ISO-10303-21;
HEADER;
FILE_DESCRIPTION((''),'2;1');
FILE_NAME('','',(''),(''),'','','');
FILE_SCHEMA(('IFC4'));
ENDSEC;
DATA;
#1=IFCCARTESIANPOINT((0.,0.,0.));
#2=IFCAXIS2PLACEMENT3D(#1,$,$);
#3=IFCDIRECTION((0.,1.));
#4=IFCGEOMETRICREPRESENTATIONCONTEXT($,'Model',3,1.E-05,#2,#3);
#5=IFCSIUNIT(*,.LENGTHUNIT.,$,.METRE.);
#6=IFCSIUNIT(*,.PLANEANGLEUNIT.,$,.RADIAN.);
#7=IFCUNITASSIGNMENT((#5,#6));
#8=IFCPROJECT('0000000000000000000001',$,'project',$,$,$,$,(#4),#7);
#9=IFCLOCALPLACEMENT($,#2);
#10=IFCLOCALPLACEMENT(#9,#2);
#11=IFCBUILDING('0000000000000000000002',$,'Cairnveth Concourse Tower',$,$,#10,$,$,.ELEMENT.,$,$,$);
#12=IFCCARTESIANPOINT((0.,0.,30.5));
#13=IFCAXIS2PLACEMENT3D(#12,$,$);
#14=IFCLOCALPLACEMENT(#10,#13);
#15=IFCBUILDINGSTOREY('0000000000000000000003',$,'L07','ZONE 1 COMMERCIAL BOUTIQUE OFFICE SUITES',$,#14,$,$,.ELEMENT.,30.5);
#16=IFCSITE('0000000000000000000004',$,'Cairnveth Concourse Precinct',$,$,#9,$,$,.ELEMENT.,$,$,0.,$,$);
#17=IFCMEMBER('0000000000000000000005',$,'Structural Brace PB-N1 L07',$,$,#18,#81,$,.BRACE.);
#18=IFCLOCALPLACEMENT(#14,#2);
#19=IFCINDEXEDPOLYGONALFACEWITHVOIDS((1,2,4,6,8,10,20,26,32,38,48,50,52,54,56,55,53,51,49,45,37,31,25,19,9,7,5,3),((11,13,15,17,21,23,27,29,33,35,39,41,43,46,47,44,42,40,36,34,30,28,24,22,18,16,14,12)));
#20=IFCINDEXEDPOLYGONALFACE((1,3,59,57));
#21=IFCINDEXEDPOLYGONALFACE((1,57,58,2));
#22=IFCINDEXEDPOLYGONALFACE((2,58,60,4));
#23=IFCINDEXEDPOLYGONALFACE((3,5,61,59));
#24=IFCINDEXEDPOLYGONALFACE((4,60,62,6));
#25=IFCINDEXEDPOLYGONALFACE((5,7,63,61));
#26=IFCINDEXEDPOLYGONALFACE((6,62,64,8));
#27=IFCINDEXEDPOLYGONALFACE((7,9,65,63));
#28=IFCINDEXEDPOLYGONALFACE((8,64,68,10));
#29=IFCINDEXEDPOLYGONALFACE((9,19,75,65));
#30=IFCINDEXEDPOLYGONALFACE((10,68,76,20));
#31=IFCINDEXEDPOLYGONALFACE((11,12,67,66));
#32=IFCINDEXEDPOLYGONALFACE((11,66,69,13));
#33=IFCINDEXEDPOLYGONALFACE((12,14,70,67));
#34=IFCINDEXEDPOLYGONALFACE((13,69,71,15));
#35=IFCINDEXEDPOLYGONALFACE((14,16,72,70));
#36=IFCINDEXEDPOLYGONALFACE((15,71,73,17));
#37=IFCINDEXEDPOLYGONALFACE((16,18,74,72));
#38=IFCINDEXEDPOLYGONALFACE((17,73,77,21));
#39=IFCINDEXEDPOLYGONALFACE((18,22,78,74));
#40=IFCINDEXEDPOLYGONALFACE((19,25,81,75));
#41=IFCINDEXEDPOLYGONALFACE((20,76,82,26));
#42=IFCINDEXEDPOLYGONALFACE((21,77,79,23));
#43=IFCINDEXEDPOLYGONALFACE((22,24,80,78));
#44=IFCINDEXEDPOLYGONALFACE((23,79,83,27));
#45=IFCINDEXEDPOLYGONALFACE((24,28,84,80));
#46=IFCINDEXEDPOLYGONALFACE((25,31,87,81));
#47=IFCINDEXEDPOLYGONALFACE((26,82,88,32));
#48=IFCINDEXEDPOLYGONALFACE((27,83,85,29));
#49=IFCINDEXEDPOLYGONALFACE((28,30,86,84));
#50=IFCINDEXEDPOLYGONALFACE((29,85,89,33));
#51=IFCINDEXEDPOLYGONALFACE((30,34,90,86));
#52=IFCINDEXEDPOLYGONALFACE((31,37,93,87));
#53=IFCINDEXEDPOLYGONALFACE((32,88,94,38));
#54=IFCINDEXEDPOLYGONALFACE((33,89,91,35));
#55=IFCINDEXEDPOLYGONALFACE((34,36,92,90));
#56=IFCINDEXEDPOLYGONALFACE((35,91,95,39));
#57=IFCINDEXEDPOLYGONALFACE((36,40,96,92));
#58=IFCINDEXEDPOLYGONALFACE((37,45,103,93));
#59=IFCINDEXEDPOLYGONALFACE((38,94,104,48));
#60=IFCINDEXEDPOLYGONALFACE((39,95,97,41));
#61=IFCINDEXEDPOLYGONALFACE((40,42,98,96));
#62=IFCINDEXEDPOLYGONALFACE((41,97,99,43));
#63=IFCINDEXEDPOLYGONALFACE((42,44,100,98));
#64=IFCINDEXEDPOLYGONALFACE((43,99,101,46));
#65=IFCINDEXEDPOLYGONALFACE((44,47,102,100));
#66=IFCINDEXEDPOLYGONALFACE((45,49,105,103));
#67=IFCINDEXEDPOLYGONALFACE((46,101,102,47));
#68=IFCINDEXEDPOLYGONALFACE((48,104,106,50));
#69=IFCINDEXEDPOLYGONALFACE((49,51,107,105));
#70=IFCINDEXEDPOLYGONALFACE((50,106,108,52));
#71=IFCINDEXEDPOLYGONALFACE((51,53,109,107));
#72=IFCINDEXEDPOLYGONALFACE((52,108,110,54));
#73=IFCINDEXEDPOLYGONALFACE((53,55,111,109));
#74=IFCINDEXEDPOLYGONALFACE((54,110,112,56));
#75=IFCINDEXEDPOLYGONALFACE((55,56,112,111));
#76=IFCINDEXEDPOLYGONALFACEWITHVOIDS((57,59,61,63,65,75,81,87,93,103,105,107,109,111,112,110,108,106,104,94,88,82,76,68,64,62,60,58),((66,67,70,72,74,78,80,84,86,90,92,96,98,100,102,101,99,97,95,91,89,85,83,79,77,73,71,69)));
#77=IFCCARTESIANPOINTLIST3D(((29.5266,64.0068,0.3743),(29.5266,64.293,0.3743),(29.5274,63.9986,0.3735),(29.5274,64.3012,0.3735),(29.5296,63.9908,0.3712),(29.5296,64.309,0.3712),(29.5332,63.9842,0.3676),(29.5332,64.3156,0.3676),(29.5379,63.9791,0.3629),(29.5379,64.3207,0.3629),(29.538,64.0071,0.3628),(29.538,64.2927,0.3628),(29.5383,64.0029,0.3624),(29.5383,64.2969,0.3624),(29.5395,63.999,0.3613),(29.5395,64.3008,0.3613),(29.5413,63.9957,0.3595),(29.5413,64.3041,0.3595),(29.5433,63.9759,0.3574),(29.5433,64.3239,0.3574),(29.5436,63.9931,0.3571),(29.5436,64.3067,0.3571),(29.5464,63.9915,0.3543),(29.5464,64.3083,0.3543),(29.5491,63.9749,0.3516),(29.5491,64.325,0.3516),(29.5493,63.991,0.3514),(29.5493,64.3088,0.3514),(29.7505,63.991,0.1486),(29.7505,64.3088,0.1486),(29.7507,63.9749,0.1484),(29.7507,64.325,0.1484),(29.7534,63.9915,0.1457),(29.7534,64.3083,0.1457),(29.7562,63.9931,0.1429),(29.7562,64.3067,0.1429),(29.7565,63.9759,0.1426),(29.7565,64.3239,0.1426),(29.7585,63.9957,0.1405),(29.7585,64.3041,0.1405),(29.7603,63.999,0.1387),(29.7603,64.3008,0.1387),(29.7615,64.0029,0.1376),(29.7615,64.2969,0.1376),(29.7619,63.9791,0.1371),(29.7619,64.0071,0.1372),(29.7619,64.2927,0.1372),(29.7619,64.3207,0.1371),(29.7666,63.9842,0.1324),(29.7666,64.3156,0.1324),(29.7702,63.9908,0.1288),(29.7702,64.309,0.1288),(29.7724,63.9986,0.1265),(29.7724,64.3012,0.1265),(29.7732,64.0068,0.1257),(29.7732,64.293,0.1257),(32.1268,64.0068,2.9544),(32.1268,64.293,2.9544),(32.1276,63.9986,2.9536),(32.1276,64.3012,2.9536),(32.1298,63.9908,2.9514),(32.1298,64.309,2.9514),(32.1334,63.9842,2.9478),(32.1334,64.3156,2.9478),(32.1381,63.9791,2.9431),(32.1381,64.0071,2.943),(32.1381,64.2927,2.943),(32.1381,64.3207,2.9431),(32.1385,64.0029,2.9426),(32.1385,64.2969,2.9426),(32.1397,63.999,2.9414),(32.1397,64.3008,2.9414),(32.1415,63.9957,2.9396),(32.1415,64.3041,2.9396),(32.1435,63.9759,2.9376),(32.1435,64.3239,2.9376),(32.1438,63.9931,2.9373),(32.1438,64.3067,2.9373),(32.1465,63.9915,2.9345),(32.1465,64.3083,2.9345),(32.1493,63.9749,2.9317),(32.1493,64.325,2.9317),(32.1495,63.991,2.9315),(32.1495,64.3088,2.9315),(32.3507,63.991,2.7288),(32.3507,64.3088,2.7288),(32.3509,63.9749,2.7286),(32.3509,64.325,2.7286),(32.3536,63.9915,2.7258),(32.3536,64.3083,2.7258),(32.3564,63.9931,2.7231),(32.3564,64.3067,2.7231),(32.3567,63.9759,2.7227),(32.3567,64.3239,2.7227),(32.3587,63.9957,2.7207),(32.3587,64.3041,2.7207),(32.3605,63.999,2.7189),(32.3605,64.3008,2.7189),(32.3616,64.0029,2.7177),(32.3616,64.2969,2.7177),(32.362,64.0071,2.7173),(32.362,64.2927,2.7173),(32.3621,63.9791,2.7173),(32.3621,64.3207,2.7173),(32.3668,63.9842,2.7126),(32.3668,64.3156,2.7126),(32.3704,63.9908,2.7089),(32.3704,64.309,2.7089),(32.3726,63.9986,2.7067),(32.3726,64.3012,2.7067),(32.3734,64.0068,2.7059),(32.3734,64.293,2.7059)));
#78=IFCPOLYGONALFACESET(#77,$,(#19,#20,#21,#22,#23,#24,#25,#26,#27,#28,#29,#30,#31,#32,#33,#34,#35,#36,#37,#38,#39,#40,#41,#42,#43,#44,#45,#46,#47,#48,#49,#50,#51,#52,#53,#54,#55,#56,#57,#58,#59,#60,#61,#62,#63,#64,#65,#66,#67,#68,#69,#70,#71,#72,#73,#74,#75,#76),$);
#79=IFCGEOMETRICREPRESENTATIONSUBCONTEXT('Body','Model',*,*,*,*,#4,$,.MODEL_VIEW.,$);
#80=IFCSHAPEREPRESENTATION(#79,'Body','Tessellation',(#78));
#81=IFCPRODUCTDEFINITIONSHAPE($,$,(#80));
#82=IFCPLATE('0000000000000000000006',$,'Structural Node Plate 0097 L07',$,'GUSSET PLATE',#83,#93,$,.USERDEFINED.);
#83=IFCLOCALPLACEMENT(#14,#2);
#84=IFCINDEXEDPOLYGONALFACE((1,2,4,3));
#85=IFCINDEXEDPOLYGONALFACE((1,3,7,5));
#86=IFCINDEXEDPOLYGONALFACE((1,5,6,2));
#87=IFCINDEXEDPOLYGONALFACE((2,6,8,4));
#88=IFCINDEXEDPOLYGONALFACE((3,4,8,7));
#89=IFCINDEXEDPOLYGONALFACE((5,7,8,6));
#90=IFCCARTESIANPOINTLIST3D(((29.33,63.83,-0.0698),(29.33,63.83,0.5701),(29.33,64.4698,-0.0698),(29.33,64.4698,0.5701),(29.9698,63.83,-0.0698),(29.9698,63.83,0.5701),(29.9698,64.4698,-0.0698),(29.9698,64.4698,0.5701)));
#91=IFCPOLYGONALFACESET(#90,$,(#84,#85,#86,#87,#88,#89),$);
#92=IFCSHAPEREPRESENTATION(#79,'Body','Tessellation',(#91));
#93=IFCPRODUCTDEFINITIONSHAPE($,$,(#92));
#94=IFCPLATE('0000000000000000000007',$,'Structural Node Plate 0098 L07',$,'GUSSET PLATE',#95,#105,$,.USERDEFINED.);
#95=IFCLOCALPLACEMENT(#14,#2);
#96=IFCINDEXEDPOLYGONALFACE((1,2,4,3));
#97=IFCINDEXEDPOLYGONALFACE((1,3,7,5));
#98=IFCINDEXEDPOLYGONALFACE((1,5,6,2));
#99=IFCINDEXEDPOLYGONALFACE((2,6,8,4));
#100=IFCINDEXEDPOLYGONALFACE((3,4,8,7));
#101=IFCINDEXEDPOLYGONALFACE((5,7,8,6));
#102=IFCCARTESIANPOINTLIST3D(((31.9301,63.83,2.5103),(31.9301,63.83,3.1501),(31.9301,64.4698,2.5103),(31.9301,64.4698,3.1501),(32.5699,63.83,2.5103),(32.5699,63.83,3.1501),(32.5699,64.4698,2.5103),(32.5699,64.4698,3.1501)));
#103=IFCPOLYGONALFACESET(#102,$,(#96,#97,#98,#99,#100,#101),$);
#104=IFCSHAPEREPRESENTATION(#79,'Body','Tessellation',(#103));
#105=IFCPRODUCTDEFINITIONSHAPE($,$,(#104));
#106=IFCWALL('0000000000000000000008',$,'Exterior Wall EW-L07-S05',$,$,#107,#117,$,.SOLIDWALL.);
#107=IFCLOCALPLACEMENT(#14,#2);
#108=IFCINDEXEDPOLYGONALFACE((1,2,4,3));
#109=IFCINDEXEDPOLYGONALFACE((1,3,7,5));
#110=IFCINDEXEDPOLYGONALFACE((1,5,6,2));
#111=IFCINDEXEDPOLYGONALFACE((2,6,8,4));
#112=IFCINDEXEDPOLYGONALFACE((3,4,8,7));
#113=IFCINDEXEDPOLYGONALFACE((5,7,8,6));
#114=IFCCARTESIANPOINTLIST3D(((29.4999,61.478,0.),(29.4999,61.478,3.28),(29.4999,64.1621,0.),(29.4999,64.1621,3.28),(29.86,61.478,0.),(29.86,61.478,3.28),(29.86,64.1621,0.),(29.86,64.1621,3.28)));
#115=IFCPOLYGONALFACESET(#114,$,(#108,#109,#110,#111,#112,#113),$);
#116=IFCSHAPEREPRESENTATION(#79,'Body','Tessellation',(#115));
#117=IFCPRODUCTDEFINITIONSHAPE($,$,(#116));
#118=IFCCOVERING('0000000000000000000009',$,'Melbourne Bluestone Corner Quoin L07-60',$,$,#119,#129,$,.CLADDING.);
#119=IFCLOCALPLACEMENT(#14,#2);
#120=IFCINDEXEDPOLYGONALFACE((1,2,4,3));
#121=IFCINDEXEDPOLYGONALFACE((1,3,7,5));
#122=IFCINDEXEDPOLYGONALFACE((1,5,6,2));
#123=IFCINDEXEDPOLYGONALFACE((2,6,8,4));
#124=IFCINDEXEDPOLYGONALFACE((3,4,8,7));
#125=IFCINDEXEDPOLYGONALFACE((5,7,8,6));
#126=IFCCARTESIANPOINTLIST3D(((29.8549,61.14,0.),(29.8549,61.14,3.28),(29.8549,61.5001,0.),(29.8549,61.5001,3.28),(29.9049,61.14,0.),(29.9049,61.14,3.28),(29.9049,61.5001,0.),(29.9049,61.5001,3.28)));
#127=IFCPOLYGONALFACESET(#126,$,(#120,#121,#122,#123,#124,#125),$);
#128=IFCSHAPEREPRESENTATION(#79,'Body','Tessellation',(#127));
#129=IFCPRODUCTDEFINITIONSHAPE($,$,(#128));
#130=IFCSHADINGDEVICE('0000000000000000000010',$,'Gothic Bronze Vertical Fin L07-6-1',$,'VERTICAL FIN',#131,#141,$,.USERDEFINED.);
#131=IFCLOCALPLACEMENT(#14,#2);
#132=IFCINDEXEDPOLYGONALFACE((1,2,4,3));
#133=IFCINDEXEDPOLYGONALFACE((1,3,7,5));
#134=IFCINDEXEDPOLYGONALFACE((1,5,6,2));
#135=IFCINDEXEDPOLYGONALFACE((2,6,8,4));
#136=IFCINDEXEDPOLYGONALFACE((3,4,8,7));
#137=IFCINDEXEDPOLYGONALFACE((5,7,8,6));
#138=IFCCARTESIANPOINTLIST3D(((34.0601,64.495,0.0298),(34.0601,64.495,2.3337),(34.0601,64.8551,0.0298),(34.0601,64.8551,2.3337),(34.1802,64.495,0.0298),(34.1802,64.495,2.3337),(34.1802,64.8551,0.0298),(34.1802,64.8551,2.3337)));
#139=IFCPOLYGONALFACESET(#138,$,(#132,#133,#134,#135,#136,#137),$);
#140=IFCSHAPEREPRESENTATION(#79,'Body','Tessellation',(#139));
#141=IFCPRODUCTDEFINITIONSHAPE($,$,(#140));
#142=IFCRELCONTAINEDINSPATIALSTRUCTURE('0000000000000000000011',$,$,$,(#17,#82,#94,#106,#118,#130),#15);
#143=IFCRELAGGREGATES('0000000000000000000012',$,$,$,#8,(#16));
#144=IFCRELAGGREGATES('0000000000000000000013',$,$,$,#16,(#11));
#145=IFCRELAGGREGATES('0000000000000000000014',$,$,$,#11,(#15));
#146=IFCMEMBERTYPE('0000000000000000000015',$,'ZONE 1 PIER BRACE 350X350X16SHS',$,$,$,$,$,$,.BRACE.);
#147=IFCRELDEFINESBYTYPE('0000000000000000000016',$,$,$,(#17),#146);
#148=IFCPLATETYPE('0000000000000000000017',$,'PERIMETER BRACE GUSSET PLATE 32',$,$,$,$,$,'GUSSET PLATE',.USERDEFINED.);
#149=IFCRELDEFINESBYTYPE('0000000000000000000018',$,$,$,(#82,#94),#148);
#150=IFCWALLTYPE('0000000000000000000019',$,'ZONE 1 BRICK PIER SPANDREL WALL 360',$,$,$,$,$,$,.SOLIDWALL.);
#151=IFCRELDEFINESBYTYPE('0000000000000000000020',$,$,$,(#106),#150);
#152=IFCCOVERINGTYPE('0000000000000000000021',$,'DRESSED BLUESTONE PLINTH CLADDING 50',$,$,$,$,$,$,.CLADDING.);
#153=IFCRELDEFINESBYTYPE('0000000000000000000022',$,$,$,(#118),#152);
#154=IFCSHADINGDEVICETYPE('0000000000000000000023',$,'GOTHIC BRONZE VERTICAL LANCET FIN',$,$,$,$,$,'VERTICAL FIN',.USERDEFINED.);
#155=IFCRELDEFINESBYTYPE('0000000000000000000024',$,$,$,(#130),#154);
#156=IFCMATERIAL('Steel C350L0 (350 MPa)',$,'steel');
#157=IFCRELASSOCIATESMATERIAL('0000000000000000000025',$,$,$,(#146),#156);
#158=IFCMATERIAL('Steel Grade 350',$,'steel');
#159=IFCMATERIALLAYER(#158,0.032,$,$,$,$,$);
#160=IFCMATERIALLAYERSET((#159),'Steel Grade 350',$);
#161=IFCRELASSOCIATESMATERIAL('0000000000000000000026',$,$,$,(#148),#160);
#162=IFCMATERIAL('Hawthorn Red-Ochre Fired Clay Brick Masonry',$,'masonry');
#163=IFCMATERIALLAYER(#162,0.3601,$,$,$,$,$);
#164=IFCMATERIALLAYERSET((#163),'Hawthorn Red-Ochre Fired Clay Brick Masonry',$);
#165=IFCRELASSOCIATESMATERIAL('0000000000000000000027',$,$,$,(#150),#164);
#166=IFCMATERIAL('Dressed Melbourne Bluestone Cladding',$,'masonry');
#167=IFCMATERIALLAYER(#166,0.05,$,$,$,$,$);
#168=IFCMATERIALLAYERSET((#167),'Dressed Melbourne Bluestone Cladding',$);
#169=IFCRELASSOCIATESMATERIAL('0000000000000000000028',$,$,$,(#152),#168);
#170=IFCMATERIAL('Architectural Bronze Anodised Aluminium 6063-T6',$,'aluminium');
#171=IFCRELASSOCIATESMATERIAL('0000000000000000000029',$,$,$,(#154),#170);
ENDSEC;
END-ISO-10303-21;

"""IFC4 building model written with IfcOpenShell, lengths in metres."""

from ifc_helpers import new_model, si_unit, direction, frame, frame_2d, origin, origin_2d, place, context, subcontext, project, spatial, rectangle, hollow_rectangle, extrude, material, layer, layer_set, material_profile, profile_set, type_object, element, save


model = new_model("IFC4")

# Units and contexts
model_context = context("Model", 3, precision=1e-05, world=origin(), true_north=direction((0.0, 1.0)))
body_context = subcontext(model_context, "Body", "Model", "MODEL_VIEW")
ifc_project = project(units=[si_unit("LENGTHUNIT", "METRE"), si_unit("PLANEANGLEUNIT", "RADIAN")], contexts=[model_context])

# Site, building, storey
site_placement = place(None, origin())
site = spatial("IfcSite", under=ifc_project, at=site_placement, Name="Cairnveth Concourse Precinct", CompositionType="ELEMENT", RefElevation=0.0)
building_placement = place(site_placement, origin())
building = spatial("IfcBuilding", under=site, at=building_placement, Name="Cairnveth Concourse Tower", CompositionType="ELEMENT")
storey_placement = place(building_placement, frame((0.0, 0.0, 30.5)))
storey = spatial("IfcBuildingStorey", under=building, at=storey_placement, Name="L07", Description="ZONE 1 COMMERCIAL BOUTIQUE OFFICE SUITES", CompositionType="ELEMENT", Elevation=30.5)

# Member
ifc_material_1 = material(Name="Steel C350L0 (350 MPa)", Category="steel")
ifc_material_profile = material_profile(ifc_material_1, hollow_rectangle(XDim=0.3501, YDim=0.3501, WallThickness=0.0161, InnerFilletRadius=0.0161, OuterFilletRadius=0.032, at=origin_2d()), Name="350x350x16.0SHS")
ifc_profile_set = profile_set([ifc_material_profile], Name="Steel C350L0 (350 MPa)")
member_type = type_object("IfcMemberType", Name="ZONE 1 PIER BRACE 350X350X16SHS", PredefinedType="BRACE", material=ifc_profile_set)
member_placement = place(storey_placement, frame((29.6499, 64.1499, 0.25), z_axis=(0.709834, 0.0, 0.704369), x_axis=(0.0, 1.0, 0.0)))
element("IfcMember", 1, at=member_placement, inside=storey, type_object=member_type, Name="Structural Brace PB-N1 L07", PredefinedType="BRACE", context=body_context, shape_type="SweptSolid", body=[
    extrude(hollow_rectangle(XDim=0.3501, YDim=0.3501, WallThickness=0.0161, InnerFilletRadius=0.0161, OuterFilletRadius=0.032, at=origin_2d()), origin(), (0.0, 0.0, 1.0), 3.6631),
])

# Plates
ifc_material_2 = material(Name="Steel Grade 350", Category="steel")
ifc_layer_1 = layer(ifc_material_2, 0.032)
ifc_layer_set_1 = layer_set([ifc_layer_1], Name="Steel Grade 350")
plate_type = type_object("IfcPlateType", Name="PERIMETER BRACE GUSSET PLATE 32", ElementType="GUSSET PLATE", PredefinedType="USERDEFINED", material=ifc_layer_set_1)
for number, where, z_axis, x_axis, name in (
    (2, (29.6499, 64.1499, -0.0698), (0.0, 0.0, 1.0), (1.0, 0.0, 0.0), "Structural Node Plate 0097 L07"),
    (3, (32.25, 64.1499, 2.5103), (0.0, 0.0, 1.0), (1.0, 0.0, 0.0), "Structural Node Plate 0098 L07"),
):
    element("IfcPlate", number, at=place(storey_placement, frame(where, z_axis=z_axis, x_axis=x_axis)), inside=storey, type_object=plate_type, Name=name, ObjectType="GUSSET PLATE", PredefinedType="USERDEFINED", context=body_context, shape_type="SweptSolid", body=[
        extrude(rectangle(XDim=0.6399, YDim=0.6399, at=origin_2d()), origin(), (0.0, 0.0, 1.0), 0.6399),
    ])

# Wall
ifc_material_3 = material(Name="Hawthorn Red-Ochre Fired Clay Brick Masonry", Category="masonry")
ifc_layer_2 = layer(ifc_material_3, 0.3601)
ifc_layer_set_2 = layer_set([ifc_layer_2], Name="Hawthorn Red-Ochre Fired Clay Brick Masonry")
wall_type = type_object("IfcWallType", Name="ZONE 1 BRICK PIER SPANDREL WALL 360", PredefinedType="SOLIDWALL", material=ifc_layer_set_2)
wall_1_placement = place(storey_placement, frame((29.6799, 61.478, 0.0), z_axis=(0.0, 0.0, 1.0), x_axis=(0.0, 1.0, 0.0)))
element("IfcWall", 4, at=wall_1_placement, inside=storey, type_object=wall_type, Name="Exterior Wall EW-L07-S05", PredefinedType="SOLIDWALL", context=body_context, shape_type="SweptSolid", body=[
    extrude(rectangle(XDim=2.6841, YDim=0.3601, at=frame_2d((1.342, 0.0))), origin(), (0.0, 0.0, 1.0), 3.28),
])

# Covering
ifc_material_4 = material(Name="Dressed Melbourne Bluestone Cladding", Category="masonry")
ifc_layer_3 = layer(ifc_material_4, 0.05)
ifc_layer_set_3 = layer_set([ifc_layer_3], Name="Dressed Melbourne Bluestone Cladding")
covering_type = type_object("IfcCoveringType", Name="DRESSED BLUESTONE PLINTH CLADDING 50", PredefinedType="CLADDING", material=ifc_layer_set_3)
covering_placement = place(storey_placement, frame((29.8799, 61.1399, 0.0), z_axis=(0.0, 0.0, 1.0), x_axis=(0.0, 1.0, 0.0)))
element("IfcCovering", 5, at=covering_placement, inside=storey, type_object=covering_type, Name="Melbourne Bluestone Corner Quoin L07-60", PredefinedType="CLADDING", context=body_context, shape_type="SweptSolid", body=[
    extrude(rectangle(XDim=0.3601, YDim=0.05, at=frame_2d((0.1802, 0.0))), origin(), (0.0, 0.0, 1.0), 3.28),
])

# Shading device
ifc_material_5 = material(Name="Architectural Bronze Anodised Aluminium 6063-T6", Category="aluminium")
shading_device_type = type_object("IfcShadingDeviceType", Name="GOTHIC BRONZE VERTICAL LANCET FIN", ElementType="VERTICAL FIN", PredefinedType="USERDEFINED", material=ifc_material_5)
shading_device_placement = place(storey_placement, frame((34.1201, 64.675, 0.0298), z_axis=(0.0, 0.0, 1.0), x_axis=(1.0, 0.0, 0.0)))
element("IfcShadingDevice", 6, at=shading_device_placement, inside=storey, type_object=shading_device_type, Name="Gothic Bronze Vertical Fin L07-6-1", ObjectType="VERTICAL FIN", PredefinedType="USERDEFINED", context=body_context, shape_type="SweptSolid", body=[
    extrude(rectangle(XDim=0.1201, YDim=0.3601, at=origin_2d()), origin(), (0.0, 0.0, 1.0), 2.304),
])

save(model, "model.ifc")
